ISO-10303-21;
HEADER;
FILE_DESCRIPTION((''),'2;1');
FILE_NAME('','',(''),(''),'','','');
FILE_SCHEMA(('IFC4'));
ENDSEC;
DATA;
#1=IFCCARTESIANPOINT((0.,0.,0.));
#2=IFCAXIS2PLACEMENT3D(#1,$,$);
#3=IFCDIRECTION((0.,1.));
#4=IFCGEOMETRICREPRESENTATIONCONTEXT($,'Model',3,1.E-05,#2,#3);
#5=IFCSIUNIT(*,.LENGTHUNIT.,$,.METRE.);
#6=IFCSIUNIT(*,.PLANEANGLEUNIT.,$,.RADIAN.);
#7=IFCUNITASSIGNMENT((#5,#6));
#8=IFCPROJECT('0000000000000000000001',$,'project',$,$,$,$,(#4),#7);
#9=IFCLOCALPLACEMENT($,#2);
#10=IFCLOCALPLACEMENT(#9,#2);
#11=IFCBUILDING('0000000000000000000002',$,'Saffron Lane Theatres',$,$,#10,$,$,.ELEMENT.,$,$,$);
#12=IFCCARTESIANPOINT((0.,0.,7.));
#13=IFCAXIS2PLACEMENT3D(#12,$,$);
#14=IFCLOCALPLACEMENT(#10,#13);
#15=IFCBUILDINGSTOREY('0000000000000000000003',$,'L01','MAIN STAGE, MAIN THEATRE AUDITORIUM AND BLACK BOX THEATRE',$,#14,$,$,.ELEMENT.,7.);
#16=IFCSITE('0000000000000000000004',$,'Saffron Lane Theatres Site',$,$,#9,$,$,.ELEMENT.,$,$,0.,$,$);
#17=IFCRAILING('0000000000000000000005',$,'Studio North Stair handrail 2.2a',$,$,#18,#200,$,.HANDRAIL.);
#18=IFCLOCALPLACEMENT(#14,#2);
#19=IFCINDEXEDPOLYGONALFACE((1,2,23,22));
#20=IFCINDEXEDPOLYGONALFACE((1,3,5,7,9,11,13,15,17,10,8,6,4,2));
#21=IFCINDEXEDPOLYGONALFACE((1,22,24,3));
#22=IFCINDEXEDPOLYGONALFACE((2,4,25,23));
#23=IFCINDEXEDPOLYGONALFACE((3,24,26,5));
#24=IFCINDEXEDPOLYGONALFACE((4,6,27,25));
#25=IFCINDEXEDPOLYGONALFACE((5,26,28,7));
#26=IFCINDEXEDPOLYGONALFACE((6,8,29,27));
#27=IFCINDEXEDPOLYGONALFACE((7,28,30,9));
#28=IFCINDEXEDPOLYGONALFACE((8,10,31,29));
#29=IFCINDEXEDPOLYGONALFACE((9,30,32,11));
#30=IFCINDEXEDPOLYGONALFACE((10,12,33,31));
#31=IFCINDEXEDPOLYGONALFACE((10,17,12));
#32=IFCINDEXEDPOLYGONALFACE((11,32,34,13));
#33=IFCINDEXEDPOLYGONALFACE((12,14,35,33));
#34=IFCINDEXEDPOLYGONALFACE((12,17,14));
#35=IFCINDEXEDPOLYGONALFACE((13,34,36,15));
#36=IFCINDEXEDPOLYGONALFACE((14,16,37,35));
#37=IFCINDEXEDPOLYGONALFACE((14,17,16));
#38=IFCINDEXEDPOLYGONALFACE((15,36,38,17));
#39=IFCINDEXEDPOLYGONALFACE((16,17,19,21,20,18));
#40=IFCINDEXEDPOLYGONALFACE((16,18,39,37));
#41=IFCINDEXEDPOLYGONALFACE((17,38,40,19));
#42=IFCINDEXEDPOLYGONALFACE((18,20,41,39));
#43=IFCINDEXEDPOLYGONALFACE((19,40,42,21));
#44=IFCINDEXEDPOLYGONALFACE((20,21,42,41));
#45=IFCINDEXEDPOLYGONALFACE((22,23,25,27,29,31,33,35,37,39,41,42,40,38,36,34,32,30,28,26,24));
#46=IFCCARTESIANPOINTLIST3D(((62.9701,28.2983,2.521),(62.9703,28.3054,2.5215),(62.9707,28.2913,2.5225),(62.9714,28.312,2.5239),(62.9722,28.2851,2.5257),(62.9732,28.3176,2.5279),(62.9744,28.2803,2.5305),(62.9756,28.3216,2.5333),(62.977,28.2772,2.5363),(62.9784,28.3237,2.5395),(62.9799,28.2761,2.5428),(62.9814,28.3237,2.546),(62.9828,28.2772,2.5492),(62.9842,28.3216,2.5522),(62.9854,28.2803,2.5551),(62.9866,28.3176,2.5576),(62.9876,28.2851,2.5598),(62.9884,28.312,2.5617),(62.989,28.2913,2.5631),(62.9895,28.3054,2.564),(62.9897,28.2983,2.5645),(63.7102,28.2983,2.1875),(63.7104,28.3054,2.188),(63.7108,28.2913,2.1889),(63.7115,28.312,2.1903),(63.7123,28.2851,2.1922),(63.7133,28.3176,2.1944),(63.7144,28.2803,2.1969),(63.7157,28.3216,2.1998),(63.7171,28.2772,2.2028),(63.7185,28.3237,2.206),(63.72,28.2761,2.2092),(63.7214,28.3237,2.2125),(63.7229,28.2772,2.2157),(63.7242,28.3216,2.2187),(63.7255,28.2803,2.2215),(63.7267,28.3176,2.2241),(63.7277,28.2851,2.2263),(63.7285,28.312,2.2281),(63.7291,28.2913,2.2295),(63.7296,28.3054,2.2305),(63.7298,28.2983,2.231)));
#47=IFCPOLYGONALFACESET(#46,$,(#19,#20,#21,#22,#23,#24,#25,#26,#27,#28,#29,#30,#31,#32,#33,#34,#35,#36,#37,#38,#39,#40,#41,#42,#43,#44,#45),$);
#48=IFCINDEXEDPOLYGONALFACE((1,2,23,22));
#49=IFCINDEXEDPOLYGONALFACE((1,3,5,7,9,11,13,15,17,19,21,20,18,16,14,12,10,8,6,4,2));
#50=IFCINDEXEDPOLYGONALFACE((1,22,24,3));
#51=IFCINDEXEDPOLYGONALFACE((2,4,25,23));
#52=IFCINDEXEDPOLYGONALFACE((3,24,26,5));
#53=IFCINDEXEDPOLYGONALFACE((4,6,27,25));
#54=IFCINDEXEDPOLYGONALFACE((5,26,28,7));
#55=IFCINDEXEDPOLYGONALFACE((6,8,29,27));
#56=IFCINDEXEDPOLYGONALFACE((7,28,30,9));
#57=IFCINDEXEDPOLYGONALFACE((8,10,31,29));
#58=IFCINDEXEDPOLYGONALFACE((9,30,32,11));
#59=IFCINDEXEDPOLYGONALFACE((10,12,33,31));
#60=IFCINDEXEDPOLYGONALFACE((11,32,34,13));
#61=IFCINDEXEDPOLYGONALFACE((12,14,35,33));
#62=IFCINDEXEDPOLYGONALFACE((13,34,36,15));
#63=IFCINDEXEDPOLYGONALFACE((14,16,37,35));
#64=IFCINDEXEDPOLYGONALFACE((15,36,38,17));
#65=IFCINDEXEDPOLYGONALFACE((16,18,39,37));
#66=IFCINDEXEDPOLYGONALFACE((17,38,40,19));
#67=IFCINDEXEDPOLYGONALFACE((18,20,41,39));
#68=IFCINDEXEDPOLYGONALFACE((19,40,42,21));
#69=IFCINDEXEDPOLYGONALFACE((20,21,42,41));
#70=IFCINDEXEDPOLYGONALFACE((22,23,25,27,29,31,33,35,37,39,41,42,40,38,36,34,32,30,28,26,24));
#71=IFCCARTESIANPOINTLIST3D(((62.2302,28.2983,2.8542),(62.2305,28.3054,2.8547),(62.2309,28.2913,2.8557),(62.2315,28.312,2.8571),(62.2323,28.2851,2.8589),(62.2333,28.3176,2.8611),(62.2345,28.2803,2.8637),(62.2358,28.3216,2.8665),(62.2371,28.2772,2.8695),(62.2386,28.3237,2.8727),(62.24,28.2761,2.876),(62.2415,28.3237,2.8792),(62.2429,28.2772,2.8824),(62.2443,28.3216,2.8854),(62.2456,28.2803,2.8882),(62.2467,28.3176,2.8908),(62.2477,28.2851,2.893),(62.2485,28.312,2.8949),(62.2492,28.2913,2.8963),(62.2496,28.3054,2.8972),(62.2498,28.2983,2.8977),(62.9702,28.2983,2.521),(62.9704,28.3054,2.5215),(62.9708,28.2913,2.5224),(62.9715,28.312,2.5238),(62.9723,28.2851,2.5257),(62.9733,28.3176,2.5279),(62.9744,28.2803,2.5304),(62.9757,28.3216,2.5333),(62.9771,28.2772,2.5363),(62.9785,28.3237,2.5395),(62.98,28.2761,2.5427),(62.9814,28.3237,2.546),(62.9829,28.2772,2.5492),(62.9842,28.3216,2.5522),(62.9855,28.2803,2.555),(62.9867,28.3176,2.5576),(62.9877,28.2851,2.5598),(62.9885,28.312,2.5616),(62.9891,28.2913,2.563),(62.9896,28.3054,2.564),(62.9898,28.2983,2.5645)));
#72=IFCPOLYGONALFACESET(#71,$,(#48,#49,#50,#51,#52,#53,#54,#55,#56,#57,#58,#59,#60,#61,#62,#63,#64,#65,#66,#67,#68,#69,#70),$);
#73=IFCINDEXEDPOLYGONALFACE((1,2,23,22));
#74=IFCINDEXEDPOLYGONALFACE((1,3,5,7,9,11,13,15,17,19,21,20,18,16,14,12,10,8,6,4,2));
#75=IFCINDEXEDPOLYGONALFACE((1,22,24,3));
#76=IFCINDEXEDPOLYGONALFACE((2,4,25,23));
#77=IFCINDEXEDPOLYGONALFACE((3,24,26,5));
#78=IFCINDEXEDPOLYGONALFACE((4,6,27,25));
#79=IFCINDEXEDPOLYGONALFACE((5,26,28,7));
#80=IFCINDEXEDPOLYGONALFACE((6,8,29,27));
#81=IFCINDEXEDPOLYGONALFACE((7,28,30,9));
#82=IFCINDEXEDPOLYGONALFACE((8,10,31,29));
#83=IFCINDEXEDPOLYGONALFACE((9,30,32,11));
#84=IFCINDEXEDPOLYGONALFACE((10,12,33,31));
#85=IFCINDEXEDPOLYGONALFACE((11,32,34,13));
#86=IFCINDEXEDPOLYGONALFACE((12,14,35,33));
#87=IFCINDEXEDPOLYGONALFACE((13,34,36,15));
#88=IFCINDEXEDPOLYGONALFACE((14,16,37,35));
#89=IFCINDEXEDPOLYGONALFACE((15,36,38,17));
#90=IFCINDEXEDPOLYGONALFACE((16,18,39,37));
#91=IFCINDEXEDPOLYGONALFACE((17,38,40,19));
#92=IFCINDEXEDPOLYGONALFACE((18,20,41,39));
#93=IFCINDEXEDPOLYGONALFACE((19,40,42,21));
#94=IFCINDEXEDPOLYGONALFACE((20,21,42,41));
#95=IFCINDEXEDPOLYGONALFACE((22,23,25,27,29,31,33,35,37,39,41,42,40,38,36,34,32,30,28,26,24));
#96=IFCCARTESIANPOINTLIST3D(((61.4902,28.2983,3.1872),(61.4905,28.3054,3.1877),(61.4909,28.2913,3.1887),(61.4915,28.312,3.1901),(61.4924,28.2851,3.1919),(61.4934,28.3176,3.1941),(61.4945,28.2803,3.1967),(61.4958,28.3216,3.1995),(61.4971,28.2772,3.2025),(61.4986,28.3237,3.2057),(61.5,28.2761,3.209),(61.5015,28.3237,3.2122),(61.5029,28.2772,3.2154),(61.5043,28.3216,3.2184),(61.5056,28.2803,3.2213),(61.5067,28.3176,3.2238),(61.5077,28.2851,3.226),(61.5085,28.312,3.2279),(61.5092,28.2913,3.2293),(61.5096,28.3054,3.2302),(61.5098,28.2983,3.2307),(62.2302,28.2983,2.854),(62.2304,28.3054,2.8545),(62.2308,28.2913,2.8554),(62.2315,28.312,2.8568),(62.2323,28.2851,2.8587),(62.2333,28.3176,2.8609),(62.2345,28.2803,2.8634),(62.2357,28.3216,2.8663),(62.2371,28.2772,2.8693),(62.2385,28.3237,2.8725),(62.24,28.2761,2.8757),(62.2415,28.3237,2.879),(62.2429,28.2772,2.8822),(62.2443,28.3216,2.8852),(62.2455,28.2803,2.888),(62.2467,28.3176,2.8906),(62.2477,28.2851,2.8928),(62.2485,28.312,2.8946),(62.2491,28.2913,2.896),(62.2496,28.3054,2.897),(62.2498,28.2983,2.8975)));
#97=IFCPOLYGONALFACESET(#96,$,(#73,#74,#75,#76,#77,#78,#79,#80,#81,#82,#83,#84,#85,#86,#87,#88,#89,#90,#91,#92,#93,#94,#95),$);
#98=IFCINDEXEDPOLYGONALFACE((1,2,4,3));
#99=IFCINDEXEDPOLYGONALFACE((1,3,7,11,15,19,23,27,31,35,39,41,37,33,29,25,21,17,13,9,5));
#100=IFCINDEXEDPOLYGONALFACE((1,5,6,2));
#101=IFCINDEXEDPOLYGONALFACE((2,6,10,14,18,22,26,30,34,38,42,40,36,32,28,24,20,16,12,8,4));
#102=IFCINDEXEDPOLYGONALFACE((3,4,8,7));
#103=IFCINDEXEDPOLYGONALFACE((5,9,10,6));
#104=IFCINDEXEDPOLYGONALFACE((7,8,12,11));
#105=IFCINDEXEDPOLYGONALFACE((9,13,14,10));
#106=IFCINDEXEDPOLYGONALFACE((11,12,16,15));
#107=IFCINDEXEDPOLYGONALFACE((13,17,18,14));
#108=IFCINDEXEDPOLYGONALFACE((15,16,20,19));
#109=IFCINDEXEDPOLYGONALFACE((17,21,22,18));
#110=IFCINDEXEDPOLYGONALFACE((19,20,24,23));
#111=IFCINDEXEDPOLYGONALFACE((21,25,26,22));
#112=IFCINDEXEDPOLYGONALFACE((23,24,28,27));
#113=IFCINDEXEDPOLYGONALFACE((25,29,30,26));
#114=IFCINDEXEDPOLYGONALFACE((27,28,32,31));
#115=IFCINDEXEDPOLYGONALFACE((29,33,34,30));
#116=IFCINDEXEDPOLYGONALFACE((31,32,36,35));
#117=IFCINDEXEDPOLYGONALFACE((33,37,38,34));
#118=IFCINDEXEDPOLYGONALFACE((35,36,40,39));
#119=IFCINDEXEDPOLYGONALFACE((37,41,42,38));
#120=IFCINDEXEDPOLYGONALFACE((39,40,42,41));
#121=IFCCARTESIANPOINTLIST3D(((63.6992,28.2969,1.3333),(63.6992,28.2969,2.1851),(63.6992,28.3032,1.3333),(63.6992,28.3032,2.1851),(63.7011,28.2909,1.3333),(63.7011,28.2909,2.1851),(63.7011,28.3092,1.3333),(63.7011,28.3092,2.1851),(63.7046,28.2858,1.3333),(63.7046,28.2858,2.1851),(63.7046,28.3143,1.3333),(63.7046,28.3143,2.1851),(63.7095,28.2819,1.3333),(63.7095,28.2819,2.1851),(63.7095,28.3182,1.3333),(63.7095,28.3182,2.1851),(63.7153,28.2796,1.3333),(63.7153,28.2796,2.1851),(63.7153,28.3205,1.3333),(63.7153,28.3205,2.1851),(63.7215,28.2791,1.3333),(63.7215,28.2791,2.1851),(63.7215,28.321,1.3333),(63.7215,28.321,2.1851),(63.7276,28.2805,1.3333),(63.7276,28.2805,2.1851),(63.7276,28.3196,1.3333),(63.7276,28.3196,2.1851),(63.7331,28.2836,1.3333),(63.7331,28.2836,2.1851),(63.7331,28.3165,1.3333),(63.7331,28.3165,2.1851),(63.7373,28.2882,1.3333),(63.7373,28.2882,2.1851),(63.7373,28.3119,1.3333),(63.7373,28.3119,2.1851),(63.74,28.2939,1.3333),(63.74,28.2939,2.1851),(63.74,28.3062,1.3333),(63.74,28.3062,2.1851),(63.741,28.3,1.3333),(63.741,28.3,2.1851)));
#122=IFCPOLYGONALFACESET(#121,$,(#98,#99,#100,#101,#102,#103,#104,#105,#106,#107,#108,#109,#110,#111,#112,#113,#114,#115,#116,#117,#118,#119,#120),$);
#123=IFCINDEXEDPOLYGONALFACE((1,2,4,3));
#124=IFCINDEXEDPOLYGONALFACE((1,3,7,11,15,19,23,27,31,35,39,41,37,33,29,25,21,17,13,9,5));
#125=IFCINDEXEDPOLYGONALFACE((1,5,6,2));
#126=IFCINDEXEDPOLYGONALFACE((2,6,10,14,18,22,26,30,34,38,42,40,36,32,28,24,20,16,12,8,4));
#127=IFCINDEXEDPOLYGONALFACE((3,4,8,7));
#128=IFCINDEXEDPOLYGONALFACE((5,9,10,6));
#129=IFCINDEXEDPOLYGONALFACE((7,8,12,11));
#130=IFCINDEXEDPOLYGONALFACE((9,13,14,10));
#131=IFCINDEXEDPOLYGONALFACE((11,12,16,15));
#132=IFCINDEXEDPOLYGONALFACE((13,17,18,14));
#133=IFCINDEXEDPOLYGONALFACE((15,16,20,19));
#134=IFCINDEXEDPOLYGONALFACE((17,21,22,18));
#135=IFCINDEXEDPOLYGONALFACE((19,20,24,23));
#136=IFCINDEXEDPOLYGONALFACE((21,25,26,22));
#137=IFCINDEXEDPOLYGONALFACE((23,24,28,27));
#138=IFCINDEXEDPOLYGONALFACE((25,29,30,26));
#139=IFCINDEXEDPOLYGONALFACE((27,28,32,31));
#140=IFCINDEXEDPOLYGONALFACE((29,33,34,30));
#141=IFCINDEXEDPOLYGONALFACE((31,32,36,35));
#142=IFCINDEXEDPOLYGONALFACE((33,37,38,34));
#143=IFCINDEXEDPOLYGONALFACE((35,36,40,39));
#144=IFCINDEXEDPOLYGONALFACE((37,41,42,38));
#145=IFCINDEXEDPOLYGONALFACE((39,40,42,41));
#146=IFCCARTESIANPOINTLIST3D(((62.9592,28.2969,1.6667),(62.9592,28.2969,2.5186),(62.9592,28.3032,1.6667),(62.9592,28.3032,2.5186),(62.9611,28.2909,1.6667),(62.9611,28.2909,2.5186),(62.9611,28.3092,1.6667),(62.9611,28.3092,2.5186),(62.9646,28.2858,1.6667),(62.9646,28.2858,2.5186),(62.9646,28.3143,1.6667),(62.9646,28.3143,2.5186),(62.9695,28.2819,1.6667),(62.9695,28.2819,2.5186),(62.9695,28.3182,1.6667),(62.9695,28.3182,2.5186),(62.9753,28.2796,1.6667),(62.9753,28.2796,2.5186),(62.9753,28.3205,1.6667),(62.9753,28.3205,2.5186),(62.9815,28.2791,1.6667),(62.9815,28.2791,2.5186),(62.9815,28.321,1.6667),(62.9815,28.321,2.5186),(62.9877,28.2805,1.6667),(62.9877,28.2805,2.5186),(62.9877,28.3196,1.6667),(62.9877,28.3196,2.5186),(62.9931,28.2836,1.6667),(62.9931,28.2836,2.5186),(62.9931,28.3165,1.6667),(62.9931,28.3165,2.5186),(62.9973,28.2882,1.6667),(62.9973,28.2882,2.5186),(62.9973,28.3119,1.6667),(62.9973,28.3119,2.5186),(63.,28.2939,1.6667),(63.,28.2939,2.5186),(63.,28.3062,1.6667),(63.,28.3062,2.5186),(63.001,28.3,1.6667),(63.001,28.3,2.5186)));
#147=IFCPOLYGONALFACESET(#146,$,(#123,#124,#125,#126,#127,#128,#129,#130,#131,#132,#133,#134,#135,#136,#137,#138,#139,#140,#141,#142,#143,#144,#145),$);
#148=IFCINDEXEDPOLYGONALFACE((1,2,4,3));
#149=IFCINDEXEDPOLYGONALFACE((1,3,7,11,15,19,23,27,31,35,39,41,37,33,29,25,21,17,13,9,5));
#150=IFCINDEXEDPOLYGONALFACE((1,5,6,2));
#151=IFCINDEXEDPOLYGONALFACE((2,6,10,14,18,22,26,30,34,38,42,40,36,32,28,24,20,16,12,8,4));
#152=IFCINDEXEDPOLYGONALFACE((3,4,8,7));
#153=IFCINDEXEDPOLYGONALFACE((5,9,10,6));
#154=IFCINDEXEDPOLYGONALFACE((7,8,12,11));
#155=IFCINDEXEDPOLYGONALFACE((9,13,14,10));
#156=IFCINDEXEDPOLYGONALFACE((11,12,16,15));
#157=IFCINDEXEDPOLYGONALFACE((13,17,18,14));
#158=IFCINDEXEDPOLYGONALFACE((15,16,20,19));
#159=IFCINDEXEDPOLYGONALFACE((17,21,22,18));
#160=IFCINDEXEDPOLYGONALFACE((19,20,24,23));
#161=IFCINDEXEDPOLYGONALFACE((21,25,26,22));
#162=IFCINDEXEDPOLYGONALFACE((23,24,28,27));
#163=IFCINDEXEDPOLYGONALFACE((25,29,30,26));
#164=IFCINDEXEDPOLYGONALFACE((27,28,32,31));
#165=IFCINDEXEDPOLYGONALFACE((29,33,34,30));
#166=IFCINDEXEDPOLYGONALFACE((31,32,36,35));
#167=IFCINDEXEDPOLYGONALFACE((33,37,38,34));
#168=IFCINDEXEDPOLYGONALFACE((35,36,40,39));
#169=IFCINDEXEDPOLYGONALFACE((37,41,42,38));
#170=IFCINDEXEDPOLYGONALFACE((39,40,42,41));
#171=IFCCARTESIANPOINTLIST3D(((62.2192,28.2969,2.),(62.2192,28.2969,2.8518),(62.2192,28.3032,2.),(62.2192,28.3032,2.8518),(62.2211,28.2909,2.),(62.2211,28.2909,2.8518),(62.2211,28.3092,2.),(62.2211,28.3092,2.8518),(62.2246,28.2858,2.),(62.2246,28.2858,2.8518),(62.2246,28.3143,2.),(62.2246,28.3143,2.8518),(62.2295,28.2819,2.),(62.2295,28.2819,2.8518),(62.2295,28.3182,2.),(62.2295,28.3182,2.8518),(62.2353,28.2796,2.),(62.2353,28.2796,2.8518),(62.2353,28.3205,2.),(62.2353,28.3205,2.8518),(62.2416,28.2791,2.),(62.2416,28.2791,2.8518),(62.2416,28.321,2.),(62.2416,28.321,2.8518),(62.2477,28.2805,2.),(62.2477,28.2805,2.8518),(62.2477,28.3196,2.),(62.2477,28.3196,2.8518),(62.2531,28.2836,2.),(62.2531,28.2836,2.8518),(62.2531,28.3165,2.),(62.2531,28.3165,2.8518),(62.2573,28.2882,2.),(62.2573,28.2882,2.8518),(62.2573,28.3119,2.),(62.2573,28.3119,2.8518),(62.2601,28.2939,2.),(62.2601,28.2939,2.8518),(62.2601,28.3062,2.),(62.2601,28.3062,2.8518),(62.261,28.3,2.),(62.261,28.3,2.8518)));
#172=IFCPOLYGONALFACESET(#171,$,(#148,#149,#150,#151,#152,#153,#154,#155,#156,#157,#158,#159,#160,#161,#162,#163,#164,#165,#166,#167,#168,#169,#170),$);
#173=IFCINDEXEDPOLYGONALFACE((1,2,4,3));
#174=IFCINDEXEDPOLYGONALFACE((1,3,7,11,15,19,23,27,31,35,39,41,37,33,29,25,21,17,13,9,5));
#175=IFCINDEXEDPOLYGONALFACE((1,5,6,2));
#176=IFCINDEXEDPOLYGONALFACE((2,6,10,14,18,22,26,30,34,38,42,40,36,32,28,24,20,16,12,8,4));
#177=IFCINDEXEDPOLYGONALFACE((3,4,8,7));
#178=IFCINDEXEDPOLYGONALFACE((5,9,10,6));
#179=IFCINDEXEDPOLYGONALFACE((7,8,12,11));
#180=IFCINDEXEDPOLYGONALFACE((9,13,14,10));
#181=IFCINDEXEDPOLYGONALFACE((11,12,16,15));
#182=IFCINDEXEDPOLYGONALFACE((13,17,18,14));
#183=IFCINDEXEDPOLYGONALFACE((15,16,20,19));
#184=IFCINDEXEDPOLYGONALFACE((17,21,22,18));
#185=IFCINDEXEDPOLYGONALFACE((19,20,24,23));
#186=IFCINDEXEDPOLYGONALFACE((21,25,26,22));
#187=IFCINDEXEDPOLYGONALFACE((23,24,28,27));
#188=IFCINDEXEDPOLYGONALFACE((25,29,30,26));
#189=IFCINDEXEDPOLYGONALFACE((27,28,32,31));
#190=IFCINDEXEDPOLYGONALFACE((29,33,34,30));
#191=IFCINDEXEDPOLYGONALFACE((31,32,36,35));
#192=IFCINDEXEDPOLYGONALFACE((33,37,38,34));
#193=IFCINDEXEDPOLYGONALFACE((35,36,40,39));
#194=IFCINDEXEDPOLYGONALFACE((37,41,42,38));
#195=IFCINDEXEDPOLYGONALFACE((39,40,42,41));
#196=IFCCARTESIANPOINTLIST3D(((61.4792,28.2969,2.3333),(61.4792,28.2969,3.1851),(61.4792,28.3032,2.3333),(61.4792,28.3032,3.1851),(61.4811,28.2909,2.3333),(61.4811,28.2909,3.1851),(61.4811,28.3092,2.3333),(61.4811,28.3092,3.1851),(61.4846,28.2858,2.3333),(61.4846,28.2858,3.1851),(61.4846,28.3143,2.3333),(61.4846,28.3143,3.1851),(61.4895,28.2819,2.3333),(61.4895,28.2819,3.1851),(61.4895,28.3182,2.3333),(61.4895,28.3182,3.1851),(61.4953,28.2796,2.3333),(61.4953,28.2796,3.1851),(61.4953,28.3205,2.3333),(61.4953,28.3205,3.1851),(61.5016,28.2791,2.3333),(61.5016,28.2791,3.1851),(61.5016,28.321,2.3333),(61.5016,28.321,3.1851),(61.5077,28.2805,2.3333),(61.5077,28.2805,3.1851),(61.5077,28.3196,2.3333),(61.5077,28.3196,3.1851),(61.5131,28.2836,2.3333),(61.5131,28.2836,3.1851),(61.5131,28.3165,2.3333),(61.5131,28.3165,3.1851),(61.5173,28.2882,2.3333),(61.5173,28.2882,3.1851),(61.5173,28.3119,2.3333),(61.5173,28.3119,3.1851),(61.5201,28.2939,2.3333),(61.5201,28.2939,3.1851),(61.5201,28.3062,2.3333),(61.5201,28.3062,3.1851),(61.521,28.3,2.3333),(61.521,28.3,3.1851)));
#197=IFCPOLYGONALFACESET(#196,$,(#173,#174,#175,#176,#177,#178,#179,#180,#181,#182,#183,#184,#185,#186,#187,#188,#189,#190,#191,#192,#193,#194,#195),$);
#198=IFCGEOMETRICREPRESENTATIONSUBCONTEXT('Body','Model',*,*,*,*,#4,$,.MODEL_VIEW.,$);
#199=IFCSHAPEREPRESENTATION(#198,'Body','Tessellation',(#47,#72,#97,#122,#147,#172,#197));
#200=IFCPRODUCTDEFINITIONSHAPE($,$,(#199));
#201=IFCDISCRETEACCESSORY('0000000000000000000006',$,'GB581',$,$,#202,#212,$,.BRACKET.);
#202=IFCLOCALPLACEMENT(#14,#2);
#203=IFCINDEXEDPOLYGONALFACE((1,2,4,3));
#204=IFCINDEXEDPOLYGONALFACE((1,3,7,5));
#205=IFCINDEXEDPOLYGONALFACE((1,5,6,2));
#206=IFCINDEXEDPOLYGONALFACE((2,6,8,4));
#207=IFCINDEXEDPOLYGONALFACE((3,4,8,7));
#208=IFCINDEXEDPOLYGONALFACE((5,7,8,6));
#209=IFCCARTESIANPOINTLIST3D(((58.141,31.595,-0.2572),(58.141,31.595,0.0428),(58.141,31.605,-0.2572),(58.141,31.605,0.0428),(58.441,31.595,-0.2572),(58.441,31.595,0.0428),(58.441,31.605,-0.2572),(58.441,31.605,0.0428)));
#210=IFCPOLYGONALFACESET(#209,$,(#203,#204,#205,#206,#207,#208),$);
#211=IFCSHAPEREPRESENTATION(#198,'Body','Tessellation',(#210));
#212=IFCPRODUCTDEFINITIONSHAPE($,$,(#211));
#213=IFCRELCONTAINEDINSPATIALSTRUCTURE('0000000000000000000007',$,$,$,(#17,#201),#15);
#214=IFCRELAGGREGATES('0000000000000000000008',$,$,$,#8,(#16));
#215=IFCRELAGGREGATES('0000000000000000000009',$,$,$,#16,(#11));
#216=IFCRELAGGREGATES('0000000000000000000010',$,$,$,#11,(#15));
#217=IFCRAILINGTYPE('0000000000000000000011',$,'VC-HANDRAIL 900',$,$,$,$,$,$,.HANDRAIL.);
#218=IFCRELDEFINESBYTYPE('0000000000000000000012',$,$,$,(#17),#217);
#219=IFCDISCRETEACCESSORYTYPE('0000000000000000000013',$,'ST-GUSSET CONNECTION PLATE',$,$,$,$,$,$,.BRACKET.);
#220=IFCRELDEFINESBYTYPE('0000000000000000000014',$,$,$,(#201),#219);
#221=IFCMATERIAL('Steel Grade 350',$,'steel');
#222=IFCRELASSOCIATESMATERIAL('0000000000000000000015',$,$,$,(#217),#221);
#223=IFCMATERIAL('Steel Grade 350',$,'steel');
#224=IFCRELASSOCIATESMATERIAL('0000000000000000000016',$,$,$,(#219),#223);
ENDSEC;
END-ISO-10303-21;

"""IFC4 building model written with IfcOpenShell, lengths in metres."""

from ifc_helpers import new_model, si_unit, direction, frame, origin, origin_2d, place, context, subcontext, project, spatial, rectangle, circle, extrude, material, material_profile, profile_set, type_object, element, save


model = new_model("IFC4")

# Units and contexts
model_context = context("Model", 3, precision=1e-05, world=origin(), true_north=direction((0.0, 1.0)))
body_context = subcontext(model_context, "Body", "Model", "MODEL_VIEW")
ifc_project = project(units=[si_unit("LENGTHUNIT", "METRE"), si_unit("PLANEANGLEUNIT", "RADIAN")], contexts=[model_context])

# Site, building, storey
site_placement = place(None, origin())
site = spatial("IfcSite", under=ifc_project, at=site_placement, Name="Saffron Lane Theatres Site", CompositionType="ELEMENT", RefElevation=0.0)
building_placement = place(site_placement, origin())
building = spatial("IfcBuilding", under=site, at=building_placement, Name="Saffron Lane Theatres", CompositionType="ELEMENT")
storey_placement = place(building_placement, frame((0.0, 0.0, 7.0)))
storey = spatial("IfcBuildingStorey", under=building, at=storey_placement, Name="L01", Description="MAIN STAGE, MAIN THEATRE AUDITORIUM AND BLACK BOX THEATRE", CompositionType="ELEMENT", Elevation=7.0)

# Railing
ifc_material_1 = material(Name="Steel Grade 350", Category="steel")
railing_type_1 = type_object("IfcRailingType", Name="VC-HANDRAIL 900", PredefinedType="HANDRAIL", material=ifc_material_1)
railing_1_placement = place(storey_placement, frame((63.72, 28.3, 1.3333)))
element("IfcRailing", 1, at=railing_1_placement, inside=storey, type_object=railing_type_1, Name="Studio North Stair handrail 2.2a", PredefinedType="HANDRAIL", context=body_context, shape_type="SweptSolid", body=[
    extrude(circle(Radius=0.0239, at=origin_2d()), frame((0.0, 0.0, 0.876), z_axis=(-0.911691, 0.0, 0.410877), x_axis=(0.0, -1.0, 0.0)), (0.0, 0.0, 1.0), 0.8118),
    extrude(circle(Radius=0.0239, at=origin_2d()), frame((-0.74, 0.0, 1.2095), z_axis=(-0.911803, 0.0, 0.410627), x_axis=(0.0, -1.0, 0.0)), (0.0, 0.0, 1.0), 0.8115),
    extrude(circle(Radius=0.0239, at=origin_2d()), frame((-1.48, 0.0, 1.5425), z_axis=(-0.911803, 0.0, 0.410627), x_axis=(0.0, -1.0, 0.0)), (0.0, 0.0, 1.0), 0.8115),
    extrude(circle(Radius=0.021, at=origin_2d()), origin(), (0.0, 0.0, 1.0), 0.8518),
    extrude(circle(Radius=0.021, at=origin_2d()), frame((-0.74, 0.0, 0.3335)), (0.0, 0.0, 1.0), 0.8518),
    extrude(circle(Radius=0.021, at=origin_2d()), frame((-1.48, 0.0, 0.6667)), (0.0, 0.0, 1.0), 0.8518),
    extrude(circle(Radius=0.021, at=origin_2d()), frame((-2.22, 0.0, 1.0)), (0.0, 0.0, 1.0), 0.8518),
])

# Discrete accessory
ifc_material_2 = material(Name="Steel Grade 350", Category="steel")
ifc_material_profile_1 = material_profile(ifc_material_2, rectangle(XDim=0.3, YDim=0.3, at=origin_2d()))
ifc_profile_set_1 = profile_set([ifc_material_profile_1], Name="Steel Grade 350")
discrete_accessory_type = type_object("IfcDiscreteAccessoryType", Name="ST-GUSSET CONNECTION PLATE", PredefinedType="BRACKET", material=ifc_profile_set_1)
for number, where, z_axis, x_axis, name in (
    (2, (58.291, 31.595, -0.1072), (0.0, 1.0, 0.0), (-1.0, 0.0, 0.0), "GB581"),
):
    element("IfcDiscreteAccessory", number, at=place(storey_placement, frame(where, z_axis=z_axis, x_axis=x_axis)), inside=storey, type_object=discrete_accessory_type, Name=name, PredefinedType="BRACKET", context=body_context, shape_type="SweptSolid", body=[
        extrude(rectangle(XDim=0.3, YDim=0.3, at=origin_2d()), origin(), (0.0, 0.0, 1.0), 0.01),
    ])

save(model, "model.ifc")
